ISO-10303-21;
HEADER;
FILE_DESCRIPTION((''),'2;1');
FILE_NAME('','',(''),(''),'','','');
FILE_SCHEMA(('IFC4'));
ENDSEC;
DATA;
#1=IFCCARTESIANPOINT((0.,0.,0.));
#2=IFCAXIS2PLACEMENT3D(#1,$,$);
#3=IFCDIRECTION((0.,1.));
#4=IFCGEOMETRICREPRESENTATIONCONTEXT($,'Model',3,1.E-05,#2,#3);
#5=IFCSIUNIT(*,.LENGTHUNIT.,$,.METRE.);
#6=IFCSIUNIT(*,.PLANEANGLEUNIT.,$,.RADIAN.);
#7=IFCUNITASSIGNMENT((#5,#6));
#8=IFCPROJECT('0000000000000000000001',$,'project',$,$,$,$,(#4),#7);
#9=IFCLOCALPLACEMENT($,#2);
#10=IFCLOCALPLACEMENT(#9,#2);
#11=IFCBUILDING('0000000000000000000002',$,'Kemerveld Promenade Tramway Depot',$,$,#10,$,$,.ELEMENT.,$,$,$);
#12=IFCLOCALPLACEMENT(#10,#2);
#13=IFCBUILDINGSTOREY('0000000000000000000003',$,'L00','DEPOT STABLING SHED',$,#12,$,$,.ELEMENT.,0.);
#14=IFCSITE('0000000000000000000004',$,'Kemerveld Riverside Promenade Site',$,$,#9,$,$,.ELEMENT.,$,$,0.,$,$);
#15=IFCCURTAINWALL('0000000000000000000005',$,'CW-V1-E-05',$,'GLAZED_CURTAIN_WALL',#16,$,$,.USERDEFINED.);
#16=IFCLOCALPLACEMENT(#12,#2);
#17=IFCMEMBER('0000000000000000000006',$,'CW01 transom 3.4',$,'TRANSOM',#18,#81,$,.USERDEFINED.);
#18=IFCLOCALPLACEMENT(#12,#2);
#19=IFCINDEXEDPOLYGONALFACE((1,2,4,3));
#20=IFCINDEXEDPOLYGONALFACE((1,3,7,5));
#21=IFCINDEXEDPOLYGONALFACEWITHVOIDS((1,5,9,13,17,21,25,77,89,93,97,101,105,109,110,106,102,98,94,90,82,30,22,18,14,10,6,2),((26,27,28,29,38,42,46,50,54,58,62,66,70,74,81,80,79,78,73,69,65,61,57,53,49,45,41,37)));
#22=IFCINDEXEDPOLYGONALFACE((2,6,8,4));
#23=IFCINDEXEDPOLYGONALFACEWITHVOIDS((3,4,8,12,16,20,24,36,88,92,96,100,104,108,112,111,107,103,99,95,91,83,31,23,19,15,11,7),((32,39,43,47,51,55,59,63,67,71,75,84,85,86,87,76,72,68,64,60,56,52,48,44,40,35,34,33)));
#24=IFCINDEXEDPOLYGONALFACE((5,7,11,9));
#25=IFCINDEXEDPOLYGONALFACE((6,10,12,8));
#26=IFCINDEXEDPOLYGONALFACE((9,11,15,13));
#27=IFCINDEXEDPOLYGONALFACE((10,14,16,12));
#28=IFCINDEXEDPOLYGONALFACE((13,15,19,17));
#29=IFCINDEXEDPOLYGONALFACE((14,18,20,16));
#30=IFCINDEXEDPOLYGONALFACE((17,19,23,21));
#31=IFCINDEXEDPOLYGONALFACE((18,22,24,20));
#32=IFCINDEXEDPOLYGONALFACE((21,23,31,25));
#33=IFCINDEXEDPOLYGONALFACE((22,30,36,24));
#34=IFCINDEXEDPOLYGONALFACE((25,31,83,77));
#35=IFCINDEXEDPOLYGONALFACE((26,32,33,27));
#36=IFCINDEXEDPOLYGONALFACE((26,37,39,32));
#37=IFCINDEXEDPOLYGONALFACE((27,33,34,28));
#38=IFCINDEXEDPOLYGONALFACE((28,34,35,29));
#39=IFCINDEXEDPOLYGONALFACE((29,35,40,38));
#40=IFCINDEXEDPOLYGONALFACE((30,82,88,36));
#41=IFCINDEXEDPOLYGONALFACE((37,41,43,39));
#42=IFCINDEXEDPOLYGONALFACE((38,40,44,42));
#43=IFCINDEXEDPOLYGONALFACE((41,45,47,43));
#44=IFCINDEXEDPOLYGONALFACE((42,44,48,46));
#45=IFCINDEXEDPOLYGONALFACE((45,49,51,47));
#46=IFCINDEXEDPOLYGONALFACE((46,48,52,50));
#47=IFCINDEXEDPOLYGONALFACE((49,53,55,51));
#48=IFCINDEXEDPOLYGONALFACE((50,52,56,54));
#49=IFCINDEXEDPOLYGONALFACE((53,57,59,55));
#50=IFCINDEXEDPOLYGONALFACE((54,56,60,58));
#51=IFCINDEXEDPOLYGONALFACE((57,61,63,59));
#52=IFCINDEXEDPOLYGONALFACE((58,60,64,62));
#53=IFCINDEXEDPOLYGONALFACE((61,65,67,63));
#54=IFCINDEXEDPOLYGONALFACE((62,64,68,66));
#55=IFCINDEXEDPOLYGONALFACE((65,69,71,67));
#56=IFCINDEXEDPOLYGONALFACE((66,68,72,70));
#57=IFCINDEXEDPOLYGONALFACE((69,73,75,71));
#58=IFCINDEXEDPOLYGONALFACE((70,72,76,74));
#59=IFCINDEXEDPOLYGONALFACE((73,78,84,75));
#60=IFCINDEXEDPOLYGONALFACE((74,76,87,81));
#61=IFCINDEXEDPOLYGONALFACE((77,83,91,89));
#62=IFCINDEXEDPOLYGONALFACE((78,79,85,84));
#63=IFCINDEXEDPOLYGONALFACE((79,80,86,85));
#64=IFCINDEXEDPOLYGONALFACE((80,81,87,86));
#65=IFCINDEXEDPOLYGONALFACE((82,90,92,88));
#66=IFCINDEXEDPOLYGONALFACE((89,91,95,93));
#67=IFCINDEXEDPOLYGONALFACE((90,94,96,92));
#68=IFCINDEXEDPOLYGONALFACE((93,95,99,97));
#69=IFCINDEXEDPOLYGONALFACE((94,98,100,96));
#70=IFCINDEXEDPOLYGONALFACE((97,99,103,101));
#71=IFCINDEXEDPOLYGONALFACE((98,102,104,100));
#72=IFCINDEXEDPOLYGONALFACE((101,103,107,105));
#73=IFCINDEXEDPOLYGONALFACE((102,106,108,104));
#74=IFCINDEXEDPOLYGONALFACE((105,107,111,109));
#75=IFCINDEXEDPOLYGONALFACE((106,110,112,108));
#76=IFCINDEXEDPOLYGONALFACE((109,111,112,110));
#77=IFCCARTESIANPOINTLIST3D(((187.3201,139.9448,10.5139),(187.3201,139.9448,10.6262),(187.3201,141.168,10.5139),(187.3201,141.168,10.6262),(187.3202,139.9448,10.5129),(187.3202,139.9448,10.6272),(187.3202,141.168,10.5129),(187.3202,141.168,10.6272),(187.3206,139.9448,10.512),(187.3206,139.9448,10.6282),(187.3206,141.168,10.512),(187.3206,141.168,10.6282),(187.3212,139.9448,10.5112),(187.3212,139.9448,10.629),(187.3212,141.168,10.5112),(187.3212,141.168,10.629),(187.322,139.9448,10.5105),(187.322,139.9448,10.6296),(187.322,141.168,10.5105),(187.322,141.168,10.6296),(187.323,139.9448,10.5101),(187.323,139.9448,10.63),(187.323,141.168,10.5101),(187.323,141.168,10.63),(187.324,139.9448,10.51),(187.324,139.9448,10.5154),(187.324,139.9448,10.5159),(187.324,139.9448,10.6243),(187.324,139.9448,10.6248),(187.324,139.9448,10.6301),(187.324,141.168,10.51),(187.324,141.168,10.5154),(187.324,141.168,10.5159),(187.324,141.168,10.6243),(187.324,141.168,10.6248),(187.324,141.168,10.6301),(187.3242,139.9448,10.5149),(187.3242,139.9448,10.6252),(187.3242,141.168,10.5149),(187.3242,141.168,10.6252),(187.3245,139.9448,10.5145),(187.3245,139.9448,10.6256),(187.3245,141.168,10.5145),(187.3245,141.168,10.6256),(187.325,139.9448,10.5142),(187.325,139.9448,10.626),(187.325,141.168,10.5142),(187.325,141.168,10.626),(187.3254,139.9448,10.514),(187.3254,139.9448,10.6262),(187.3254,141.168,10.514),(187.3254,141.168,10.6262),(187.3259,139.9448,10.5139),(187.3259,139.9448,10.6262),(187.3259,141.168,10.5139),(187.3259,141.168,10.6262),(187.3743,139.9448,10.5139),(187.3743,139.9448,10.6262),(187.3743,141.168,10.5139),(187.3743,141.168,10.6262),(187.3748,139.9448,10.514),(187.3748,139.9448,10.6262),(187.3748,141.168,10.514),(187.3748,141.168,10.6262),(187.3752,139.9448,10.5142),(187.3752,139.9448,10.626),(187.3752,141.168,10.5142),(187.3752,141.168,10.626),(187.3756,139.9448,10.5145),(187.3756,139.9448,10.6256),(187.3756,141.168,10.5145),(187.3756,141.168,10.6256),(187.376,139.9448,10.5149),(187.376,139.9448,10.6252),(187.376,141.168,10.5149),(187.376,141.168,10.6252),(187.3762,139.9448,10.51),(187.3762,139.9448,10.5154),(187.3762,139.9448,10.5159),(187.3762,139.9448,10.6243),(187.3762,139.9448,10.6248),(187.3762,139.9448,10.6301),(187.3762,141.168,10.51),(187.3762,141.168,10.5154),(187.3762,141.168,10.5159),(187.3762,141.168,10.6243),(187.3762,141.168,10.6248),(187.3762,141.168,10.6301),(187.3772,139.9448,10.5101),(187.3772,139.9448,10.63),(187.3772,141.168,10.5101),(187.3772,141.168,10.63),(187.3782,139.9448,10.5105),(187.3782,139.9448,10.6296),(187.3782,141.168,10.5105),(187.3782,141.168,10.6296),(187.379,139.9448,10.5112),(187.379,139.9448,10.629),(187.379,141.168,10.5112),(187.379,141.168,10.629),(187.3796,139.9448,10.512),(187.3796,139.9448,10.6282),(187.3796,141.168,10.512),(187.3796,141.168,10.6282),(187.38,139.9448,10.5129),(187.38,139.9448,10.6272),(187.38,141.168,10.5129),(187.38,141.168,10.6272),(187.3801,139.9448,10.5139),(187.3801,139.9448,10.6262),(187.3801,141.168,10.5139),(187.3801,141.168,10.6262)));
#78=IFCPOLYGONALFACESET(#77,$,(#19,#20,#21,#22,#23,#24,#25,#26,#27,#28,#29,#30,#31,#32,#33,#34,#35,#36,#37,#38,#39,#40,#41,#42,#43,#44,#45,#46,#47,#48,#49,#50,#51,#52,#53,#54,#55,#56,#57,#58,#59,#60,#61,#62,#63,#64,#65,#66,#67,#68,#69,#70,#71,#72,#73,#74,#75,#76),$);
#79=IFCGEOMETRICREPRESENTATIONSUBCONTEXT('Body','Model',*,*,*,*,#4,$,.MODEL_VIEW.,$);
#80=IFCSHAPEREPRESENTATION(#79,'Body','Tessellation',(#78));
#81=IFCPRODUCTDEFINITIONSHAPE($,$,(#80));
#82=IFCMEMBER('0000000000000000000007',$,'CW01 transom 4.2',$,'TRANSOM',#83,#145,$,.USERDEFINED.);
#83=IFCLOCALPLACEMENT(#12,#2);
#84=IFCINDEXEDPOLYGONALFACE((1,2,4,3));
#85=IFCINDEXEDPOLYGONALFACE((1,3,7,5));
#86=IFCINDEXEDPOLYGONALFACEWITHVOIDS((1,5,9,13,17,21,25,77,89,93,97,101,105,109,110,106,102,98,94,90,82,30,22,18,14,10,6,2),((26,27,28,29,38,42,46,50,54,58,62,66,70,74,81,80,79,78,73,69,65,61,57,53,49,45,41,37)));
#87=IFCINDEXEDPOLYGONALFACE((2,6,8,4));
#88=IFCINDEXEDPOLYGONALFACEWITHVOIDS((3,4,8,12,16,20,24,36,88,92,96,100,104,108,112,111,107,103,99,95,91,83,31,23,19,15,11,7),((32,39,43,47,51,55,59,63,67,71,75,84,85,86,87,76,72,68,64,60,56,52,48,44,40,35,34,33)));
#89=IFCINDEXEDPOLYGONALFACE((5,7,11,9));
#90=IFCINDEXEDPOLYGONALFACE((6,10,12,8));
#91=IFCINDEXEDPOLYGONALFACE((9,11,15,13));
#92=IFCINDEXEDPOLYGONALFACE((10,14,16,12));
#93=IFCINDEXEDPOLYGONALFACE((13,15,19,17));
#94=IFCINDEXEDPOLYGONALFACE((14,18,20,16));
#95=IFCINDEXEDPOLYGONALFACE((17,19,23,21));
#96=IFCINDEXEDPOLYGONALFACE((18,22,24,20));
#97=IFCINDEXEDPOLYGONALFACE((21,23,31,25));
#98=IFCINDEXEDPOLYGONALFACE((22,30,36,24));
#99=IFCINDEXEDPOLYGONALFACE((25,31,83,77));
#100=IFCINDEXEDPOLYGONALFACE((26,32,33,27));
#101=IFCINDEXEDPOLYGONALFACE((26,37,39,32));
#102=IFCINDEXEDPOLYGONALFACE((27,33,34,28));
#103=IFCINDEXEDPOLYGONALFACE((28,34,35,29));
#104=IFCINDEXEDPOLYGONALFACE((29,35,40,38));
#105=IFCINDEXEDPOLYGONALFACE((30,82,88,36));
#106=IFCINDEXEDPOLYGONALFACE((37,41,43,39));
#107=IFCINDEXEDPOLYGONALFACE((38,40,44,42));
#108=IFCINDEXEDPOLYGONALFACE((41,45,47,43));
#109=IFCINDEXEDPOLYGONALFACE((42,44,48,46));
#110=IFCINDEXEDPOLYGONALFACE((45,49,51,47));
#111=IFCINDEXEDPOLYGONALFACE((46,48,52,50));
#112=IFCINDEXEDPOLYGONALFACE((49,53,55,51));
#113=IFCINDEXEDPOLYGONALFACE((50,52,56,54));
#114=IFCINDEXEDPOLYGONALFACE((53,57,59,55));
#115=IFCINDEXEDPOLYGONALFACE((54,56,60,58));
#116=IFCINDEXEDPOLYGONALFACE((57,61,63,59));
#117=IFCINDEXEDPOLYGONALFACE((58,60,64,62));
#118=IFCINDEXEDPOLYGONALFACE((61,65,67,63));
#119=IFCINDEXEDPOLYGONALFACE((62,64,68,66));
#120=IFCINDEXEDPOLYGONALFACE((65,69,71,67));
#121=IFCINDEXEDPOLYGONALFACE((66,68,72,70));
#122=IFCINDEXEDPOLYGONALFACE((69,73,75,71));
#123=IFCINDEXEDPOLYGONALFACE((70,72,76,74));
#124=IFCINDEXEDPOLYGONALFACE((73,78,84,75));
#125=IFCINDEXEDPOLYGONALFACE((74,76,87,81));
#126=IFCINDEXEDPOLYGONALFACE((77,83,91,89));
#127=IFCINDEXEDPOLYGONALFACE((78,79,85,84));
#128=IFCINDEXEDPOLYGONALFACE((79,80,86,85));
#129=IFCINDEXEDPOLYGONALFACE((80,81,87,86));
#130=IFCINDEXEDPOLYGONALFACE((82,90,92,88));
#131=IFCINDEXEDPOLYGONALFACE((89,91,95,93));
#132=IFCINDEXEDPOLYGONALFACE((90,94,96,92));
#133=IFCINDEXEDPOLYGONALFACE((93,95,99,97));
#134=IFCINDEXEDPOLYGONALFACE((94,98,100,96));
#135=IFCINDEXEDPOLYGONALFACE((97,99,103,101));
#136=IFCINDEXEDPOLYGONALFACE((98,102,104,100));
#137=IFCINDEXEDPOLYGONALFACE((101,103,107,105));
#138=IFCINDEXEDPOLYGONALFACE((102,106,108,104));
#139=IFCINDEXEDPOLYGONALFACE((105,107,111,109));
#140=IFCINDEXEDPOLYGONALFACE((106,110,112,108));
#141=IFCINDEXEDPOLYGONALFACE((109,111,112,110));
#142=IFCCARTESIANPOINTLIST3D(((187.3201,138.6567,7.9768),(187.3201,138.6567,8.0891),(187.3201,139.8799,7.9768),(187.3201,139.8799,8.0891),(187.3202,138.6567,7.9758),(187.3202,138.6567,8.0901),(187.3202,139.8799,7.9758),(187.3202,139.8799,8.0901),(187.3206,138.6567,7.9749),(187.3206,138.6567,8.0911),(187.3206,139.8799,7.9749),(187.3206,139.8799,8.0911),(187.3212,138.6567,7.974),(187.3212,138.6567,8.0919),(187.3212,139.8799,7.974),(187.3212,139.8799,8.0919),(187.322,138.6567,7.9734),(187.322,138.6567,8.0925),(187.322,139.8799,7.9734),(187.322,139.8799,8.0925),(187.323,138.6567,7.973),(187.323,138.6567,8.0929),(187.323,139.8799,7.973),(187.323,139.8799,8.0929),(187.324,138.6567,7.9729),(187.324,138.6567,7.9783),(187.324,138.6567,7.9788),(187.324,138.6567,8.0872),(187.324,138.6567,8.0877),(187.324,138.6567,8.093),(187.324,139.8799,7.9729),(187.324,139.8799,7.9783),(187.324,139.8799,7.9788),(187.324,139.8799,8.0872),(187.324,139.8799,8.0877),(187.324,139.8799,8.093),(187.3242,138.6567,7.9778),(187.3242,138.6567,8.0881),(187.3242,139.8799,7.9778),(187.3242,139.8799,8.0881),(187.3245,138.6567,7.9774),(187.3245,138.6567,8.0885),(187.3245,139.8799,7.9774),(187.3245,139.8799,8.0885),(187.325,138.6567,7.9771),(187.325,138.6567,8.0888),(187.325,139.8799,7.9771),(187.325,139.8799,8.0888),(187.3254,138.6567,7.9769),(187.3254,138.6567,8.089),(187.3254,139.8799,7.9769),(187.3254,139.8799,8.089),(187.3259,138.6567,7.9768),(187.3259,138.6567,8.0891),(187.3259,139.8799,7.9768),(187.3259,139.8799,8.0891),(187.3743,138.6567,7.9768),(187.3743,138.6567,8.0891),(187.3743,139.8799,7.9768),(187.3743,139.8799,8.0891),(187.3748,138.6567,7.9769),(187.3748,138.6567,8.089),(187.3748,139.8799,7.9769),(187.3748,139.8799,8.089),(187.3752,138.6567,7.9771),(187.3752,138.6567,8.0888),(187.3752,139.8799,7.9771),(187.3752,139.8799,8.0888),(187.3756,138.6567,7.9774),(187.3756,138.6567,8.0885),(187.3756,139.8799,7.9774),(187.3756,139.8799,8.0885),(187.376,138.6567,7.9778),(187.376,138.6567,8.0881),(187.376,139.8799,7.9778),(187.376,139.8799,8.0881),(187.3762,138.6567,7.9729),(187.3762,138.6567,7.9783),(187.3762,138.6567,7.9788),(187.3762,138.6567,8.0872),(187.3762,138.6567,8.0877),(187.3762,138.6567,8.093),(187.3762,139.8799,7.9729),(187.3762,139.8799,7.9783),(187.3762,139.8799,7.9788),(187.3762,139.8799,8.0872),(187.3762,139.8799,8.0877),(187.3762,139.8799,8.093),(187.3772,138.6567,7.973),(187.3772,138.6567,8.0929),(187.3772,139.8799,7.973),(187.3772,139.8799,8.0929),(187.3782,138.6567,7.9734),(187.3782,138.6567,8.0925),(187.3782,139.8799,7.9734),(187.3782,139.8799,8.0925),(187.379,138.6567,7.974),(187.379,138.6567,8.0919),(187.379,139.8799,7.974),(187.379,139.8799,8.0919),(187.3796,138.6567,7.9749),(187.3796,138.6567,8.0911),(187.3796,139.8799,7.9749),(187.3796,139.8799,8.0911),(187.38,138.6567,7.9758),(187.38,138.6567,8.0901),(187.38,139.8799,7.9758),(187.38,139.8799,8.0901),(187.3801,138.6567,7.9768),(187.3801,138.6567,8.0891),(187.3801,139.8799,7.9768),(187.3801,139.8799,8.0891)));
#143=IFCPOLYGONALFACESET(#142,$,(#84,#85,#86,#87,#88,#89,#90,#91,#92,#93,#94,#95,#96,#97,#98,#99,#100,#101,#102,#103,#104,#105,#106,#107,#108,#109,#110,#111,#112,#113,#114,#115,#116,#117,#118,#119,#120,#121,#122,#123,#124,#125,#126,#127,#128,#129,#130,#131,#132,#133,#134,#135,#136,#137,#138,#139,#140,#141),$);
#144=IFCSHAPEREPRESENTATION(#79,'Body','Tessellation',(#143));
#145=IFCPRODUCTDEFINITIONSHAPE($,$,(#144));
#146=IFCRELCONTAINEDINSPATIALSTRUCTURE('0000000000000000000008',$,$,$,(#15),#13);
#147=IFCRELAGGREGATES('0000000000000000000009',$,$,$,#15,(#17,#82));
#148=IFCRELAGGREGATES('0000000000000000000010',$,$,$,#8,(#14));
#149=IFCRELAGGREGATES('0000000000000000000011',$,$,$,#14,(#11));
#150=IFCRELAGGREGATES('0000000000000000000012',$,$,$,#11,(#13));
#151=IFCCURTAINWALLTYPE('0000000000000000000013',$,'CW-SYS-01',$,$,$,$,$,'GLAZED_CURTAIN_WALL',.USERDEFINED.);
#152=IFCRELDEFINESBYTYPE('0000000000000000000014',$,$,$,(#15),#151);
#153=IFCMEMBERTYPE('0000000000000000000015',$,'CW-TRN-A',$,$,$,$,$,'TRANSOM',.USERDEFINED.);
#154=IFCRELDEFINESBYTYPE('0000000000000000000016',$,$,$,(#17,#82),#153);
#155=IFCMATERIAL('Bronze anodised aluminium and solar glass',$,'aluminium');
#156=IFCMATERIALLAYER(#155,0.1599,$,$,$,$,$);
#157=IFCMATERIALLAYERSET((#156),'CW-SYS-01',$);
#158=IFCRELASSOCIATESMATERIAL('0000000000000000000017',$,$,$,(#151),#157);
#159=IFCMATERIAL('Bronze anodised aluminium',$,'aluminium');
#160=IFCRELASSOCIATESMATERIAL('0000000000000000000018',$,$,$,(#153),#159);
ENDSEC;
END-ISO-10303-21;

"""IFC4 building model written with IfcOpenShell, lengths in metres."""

from ifc_helpers import new_model, si_unit, direction, frame, origin, origin_2d, place, context, subcontext, project, spatial, hollow_rectangle, extrude, material, layer, layer_set, material_profile, profile_set, type_object, element, aggregate, save


model = new_model("IFC4")

# Units and contexts
model_context = context("Model", 3, precision=1e-05, world=origin(), true_north=direction((0.0, 1.0)))
body_context = subcontext(model_context, "Body", "Model", "MODEL_VIEW")
ifc_project = project(units=[si_unit("LENGTHUNIT", "METRE"), si_unit("PLANEANGLEUNIT", "RADIAN")], contexts=[model_context])

# Site, building, storey
site_placement = place(None, origin())
site = spatial("IfcSite", under=ifc_project, at=site_placement, Name="Kemerveld Riverside Promenade Site", CompositionType="ELEMENT", RefElevation=0.0)
building_placement = place(site_placement, origin())
building = spatial("IfcBuilding", under=site, at=building_placement, Name="Kemerveld Promenade Tramway Depot", CompositionType="ELEMENT")
storey_placement = place(building_placement, origin())
storey = spatial("IfcBuildingStorey", under=building, at=storey_placement, Name="L00", Description="DEPOT STABLING SHED", CompositionType="ELEMENT", Elevation=0.0)

# Curtain wall, members
ifc_material_1 = material(Name="Bronze anodised aluminium and solar glass", Category="aluminium")
ifc_layer_1 = layer(ifc_material_1, 0.1599)
ifc_layer_set_1 = layer_set([ifc_layer_1], Name="CW-SYS-01")
curtain_wall_type_1 = type_object("IfcCurtainWallType", Name="CW-SYS-01", ElementType="GLAZED_CURTAIN_WALL", PredefinedType="USERDEFINED", material=ifc_layer_set_1)
curtain_wall_1_placement = place(storey_placement, origin())
curtain_wall_1 = element("IfcCurtainWall", 1, at=curtain_wall_1_placement, inside=storey, type_object=curtain_wall_type_1, Name="CW-V1-E-05", ObjectType="GLAZED_CURTAIN_WALL", PredefinedType="USERDEFINED")
ifc_material_2 = material(Name="Bronze anodised aluminium", Category="aluminium")
ifc_material_profile_1 = material_profile(ifc_material_2, hollow_rectangle(XDim=0.0601, YDim=0.1201, WallThickness=0.0039, InnerFilletRadius=0.002, OuterFilletRadius=0.0039, at=origin_2d()), Name="CW-TRN-120x60")
ifc_profile_set_1 = profile_set([ifc_material_profile_1], Name="Bronze anodised aluminium")
member_type_1 = type_object("IfcMemberType", Name="CW-TRN-A", ElementType="TRANSOM", PredefinedType="USERDEFINED", material=ifc_profile_set_1)
member_1_placement = place(storey_placement, frame((187.3501, 141.168, 10.5701), z_axis=(0.0, -1.0, 0.0), x_axis=(1.0, 0.0, 0.0)))
member_1 = element("IfcMember", 2, at=member_1_placement, type_object=member_type_1, Name="CW01 transom 3.4", ObjectType="TRANSOM", PredefinedType="USERDEFINED", context=body_context, shape_type="SweptSolid", body=[
    extrude(hollow_rectangle(XDim=0.0601, YDim=0.1201, WallThickness=0.0039, InnerFilletRadius=0.002, OuterFilletRadius=0.0039, at=origin_2d()), origin(), (0.0, 0.0, 1.0), 1.2231),
])
member_2_placement = place(storey_placement, frame((187.3501, 139.8799, 8.033), z_axis=(0.0, -1.0, 0.0), x_axis=(1.0, 0.0, 0.0)))
member_2 = element("IfcMember", 3, at=member_2_placement, type_object=member_type_1, Name="CW01 transom 4.2", ObjectType="TRANSOM", PredefinedType="USERDEFINED", context=body_context, shape_type="SweptSolid", body=[
    extrude(hollow_rectangle(XDim=0.0601, YDim=0.1201, WallThickness=0.0039, InnerFilletRadius=0.002, OuterFilletRadius=0.0039, at=origin_2d()), origin(), (0.0, 0.0, 1.0), 1.2231),
])

aggregate(curtain_wall_1, [member_1, member_2])

save(model, "model.ifc")
